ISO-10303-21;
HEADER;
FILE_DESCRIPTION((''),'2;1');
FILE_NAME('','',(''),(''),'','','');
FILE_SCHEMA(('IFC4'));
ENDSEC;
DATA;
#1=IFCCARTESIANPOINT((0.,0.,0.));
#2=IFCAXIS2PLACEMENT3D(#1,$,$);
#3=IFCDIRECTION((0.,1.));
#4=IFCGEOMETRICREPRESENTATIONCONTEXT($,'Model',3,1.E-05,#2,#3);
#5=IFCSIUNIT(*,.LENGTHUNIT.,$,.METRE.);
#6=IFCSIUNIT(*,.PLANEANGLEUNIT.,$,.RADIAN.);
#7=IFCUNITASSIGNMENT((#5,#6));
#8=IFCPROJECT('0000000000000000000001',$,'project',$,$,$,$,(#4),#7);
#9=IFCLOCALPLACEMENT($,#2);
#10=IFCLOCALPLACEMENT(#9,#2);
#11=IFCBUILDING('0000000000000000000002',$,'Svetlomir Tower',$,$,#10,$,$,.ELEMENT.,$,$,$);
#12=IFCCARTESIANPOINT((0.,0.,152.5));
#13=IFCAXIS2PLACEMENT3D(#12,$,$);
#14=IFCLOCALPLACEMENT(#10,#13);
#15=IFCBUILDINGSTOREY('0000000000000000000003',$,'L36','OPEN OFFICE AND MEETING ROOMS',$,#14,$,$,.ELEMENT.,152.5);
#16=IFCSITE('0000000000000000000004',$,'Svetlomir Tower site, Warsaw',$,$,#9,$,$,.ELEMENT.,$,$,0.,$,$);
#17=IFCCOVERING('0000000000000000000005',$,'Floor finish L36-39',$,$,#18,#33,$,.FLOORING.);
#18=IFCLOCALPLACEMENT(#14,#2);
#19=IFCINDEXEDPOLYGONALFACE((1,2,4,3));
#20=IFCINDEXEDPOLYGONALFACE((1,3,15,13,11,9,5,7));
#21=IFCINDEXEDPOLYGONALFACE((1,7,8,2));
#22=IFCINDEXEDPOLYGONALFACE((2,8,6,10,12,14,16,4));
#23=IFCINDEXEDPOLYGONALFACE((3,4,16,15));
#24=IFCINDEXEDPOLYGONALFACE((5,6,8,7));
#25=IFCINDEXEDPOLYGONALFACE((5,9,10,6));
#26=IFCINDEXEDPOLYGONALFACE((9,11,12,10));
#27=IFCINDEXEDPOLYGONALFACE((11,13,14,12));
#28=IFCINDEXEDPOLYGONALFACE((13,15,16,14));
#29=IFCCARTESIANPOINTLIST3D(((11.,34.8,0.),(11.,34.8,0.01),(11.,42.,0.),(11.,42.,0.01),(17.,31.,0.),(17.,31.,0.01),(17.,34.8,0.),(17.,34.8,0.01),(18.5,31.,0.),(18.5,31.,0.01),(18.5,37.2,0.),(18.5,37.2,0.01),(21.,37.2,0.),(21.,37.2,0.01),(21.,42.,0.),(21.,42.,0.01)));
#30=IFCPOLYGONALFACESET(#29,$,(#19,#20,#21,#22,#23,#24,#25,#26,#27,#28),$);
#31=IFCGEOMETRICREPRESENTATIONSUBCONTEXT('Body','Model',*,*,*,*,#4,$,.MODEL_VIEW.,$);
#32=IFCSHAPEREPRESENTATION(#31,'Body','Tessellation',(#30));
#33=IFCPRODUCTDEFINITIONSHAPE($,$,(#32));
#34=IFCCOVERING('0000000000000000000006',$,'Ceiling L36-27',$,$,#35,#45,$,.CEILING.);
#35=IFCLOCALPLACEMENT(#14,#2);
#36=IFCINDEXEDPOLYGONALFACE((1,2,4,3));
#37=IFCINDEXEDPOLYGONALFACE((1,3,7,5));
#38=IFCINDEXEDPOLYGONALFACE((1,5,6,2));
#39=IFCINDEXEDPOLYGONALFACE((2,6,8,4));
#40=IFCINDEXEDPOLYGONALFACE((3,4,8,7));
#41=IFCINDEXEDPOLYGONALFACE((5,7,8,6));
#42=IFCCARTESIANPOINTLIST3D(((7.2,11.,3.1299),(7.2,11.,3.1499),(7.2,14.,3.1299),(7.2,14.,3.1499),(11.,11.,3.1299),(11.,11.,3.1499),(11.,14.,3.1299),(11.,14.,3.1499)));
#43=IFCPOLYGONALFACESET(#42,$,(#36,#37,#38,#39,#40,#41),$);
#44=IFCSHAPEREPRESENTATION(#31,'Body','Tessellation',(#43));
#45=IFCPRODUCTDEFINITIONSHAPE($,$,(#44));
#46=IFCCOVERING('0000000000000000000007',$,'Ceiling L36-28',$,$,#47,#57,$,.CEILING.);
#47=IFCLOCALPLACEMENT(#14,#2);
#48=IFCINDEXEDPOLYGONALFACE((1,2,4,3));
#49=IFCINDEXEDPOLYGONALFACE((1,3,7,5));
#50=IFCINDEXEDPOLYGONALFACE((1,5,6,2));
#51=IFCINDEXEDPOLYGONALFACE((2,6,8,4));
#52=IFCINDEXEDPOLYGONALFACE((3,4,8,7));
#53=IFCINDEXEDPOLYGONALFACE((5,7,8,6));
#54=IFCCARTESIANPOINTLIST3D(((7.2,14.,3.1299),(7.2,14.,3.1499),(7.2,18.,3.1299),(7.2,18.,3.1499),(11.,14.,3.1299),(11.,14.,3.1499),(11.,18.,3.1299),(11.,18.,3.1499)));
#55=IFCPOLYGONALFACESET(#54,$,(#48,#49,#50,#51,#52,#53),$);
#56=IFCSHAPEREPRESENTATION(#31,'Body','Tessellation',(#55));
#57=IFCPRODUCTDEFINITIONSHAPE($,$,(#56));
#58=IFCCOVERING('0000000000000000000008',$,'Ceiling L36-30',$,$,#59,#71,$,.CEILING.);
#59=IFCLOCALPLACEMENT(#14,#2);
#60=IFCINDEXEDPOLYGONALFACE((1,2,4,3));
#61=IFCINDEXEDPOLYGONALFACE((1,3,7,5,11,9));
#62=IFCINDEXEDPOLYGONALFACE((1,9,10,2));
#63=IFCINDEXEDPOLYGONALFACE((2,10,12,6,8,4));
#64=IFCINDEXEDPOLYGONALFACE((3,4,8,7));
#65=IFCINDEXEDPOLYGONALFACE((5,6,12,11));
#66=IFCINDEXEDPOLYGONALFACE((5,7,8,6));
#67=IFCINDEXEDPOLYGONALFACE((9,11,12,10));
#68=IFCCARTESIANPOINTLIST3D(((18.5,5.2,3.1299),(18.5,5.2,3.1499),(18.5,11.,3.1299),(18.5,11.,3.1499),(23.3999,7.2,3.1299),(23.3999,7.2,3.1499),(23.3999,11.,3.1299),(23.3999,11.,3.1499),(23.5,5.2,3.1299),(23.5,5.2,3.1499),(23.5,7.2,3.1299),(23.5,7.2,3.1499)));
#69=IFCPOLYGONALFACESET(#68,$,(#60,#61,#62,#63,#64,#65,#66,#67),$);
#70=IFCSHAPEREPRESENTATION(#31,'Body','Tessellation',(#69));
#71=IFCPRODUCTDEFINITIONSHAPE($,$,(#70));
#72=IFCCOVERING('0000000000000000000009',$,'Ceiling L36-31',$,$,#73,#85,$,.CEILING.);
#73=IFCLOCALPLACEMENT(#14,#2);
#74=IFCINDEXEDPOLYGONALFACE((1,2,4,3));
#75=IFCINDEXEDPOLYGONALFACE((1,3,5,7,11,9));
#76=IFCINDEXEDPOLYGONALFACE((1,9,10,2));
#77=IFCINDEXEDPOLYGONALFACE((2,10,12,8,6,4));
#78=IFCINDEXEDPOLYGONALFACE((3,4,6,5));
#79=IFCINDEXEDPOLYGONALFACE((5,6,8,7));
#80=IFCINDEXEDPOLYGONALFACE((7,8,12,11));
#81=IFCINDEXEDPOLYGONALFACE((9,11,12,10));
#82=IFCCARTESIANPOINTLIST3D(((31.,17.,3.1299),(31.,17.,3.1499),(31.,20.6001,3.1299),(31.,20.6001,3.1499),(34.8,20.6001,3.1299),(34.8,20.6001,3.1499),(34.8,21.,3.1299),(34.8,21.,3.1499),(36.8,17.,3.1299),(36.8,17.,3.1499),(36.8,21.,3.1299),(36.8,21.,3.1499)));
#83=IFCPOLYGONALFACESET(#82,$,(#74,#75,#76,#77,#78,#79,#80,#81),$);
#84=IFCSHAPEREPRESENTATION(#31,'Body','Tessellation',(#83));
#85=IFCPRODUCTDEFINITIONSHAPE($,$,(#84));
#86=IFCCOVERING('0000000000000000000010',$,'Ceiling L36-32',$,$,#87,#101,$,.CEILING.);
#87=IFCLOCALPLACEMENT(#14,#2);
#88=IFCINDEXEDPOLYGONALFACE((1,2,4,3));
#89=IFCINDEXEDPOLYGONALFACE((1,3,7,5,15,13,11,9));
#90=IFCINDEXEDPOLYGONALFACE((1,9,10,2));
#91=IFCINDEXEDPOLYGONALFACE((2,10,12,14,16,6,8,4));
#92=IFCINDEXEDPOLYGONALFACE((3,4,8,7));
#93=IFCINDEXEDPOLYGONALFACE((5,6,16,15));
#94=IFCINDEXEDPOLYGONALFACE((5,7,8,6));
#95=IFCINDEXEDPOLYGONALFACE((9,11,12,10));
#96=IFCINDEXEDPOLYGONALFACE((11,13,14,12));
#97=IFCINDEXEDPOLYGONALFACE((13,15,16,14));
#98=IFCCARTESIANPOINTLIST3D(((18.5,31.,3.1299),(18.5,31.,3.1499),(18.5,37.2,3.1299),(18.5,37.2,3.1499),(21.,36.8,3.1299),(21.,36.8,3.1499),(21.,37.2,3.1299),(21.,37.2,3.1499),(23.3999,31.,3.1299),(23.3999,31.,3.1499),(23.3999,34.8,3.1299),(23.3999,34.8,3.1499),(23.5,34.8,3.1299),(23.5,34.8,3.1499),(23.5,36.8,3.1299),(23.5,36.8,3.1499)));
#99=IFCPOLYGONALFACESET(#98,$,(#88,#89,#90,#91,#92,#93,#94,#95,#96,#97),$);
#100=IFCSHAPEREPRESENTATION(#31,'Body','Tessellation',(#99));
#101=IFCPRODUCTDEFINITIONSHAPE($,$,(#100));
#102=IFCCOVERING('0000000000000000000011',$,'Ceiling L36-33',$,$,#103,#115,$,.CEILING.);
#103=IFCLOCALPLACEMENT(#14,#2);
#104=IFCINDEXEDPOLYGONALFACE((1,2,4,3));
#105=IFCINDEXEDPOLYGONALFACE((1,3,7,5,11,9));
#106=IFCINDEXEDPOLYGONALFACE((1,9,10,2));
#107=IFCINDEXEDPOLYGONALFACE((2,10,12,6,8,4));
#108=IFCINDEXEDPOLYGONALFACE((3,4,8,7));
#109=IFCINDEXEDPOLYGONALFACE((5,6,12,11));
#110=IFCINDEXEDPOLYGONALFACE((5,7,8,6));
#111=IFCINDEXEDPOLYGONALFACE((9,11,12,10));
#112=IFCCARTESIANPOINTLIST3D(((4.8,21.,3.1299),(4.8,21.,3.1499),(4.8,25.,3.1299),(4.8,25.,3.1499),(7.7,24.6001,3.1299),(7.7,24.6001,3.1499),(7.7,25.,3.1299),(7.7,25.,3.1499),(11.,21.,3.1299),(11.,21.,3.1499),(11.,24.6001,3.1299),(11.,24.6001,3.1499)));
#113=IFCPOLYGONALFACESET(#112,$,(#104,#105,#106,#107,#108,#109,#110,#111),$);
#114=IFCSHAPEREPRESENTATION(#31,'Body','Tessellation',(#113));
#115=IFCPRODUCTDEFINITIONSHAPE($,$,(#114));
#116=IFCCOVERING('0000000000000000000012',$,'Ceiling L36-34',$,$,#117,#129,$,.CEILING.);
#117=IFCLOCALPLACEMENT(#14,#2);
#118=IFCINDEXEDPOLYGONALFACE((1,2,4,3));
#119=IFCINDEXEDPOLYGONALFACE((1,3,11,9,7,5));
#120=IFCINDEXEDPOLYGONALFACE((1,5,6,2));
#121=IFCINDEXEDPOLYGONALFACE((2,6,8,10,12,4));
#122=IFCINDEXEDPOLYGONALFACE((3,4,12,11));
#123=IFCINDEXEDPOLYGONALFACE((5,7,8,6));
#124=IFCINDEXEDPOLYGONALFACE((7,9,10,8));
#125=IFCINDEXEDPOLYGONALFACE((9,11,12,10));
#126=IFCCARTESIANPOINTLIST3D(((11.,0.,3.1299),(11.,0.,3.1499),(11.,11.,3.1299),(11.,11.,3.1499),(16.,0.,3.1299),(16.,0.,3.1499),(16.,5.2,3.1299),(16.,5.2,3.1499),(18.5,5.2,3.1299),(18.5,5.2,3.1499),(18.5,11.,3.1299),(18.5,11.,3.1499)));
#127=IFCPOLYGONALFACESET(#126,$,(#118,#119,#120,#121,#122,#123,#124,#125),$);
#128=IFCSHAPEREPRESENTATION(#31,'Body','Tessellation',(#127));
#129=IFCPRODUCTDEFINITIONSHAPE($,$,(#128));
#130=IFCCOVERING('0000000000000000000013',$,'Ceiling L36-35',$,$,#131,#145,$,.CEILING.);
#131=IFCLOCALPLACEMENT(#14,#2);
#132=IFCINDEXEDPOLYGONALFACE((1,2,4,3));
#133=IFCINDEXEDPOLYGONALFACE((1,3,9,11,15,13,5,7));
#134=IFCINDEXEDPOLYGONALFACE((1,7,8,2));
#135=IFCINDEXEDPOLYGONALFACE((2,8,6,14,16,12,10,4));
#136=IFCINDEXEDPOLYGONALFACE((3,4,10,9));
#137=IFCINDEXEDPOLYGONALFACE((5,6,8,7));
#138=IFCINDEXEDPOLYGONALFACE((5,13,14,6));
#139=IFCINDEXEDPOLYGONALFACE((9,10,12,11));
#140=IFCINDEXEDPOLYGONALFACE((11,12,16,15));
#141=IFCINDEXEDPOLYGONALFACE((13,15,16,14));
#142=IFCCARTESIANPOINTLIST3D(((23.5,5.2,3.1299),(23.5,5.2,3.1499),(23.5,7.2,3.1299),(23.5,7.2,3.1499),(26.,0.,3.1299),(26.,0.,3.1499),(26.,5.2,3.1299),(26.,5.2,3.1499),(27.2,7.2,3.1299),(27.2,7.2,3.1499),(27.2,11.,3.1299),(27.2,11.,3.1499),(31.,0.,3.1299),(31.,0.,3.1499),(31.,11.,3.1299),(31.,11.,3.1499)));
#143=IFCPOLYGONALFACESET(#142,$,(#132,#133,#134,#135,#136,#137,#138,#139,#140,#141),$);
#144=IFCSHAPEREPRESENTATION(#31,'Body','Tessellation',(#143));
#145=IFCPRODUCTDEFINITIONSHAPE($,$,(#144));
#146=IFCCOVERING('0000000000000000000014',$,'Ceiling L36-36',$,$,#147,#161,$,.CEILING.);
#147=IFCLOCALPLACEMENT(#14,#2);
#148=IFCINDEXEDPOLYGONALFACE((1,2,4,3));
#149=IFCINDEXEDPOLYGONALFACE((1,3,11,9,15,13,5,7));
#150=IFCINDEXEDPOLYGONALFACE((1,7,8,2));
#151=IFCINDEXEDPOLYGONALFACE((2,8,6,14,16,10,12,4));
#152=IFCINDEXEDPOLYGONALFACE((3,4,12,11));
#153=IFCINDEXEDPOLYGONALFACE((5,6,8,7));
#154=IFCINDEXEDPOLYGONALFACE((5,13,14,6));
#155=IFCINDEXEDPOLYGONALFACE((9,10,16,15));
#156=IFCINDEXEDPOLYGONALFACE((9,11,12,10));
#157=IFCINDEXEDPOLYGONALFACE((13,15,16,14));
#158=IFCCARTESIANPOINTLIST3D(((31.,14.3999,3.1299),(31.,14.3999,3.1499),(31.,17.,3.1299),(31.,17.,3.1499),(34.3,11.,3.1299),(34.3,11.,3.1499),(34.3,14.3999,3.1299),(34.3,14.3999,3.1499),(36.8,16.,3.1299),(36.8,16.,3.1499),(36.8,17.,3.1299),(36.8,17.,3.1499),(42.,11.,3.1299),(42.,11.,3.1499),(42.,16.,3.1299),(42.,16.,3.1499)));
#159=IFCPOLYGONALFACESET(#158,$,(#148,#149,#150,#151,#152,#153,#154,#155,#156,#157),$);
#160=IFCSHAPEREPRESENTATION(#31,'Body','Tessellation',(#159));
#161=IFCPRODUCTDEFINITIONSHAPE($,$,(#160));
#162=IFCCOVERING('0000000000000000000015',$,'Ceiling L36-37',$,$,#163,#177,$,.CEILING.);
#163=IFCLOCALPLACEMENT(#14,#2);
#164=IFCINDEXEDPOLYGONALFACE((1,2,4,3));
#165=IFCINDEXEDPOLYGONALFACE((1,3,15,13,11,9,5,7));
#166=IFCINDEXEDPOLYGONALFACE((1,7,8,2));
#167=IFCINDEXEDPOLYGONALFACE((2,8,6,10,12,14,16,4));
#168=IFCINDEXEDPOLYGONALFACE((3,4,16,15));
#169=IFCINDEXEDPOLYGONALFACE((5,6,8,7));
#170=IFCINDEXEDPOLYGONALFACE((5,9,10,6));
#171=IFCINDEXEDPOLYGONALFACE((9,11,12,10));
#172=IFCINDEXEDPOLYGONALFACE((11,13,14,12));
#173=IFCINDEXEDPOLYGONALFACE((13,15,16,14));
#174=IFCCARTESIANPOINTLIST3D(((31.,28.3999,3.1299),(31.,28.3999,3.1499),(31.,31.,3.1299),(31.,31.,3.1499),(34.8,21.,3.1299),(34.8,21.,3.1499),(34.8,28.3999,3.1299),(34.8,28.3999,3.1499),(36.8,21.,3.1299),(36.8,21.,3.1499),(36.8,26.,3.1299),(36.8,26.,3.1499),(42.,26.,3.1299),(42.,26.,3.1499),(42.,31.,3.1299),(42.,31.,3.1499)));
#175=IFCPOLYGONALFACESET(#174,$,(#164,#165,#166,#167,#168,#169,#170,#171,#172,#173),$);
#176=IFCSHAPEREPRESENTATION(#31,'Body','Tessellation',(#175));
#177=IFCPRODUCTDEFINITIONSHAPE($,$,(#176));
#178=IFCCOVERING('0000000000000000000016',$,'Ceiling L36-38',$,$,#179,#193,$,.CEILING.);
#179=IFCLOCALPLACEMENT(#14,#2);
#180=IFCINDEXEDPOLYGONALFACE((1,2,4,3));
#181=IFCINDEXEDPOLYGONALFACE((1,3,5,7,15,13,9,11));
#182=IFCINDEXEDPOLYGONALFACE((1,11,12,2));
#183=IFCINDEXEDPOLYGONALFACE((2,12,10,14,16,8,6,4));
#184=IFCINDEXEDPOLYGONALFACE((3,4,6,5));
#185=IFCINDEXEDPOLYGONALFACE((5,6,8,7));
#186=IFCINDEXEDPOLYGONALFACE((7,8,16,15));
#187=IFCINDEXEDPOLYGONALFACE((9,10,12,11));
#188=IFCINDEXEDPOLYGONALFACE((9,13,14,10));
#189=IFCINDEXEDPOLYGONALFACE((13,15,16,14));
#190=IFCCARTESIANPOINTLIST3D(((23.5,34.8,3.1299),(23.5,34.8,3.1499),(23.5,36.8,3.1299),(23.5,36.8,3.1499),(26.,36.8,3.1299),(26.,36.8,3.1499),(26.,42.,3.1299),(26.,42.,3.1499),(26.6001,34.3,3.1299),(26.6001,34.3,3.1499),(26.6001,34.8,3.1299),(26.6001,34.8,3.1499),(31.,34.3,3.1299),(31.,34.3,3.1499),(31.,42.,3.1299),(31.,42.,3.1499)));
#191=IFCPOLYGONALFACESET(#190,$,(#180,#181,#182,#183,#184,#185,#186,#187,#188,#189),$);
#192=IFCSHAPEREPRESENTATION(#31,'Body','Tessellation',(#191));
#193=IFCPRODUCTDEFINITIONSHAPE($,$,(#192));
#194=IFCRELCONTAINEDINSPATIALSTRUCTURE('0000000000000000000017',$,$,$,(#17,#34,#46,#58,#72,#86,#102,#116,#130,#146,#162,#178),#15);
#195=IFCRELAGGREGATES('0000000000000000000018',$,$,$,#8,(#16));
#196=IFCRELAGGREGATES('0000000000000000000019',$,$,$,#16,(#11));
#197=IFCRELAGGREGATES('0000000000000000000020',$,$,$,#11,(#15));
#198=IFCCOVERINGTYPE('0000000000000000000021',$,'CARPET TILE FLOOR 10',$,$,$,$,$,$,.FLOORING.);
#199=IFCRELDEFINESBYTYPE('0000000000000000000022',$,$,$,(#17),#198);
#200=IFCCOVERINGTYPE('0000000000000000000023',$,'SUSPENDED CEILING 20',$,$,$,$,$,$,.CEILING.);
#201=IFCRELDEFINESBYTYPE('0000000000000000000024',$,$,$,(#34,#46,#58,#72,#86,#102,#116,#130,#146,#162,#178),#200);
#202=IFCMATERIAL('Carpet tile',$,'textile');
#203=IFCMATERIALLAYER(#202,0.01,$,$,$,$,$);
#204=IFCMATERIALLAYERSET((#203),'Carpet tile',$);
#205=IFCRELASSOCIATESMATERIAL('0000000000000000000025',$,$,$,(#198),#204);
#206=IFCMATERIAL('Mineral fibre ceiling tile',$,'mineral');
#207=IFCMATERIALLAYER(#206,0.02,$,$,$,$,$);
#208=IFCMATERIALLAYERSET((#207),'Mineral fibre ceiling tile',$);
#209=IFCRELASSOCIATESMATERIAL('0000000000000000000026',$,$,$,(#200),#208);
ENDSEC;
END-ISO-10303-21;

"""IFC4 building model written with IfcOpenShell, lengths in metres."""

from ifc_helpers import new_model, si_unit, direction, frame, origin, place, context, subcontext, project, spatial, polyline, outline, extrude, material, layer, layer_set, type_object, element, save


model = new_model("IFC4")

# Units and contexts
model_context = context("Model", 3, precision=1e-05, world=origin(), true_north=direction((0.0, 1.0)))
body_context = subcontext(model_context, "Body", "Model", "MODEL_VIEW")
ifc_project = project(units=[si_unit("LENGTHUNIT", "METRE"), si_unit("PLANEANGLEUNIT", "RADIAN")], contexts=[model_context])

# Site, building, storey
site_placement = place(None, origin())
site = spatial("IfcSite", under=ifc_project, at=site_placement, Name="Svetlomir Tower site, Warsaw", CompositionType="ELEMENT", RefElevation=0.0)
building_placement = place(site_placement, origin())
building = spatial("IfcBuilding", under=site, at=building_placement, Name="Svetlomir Tower", CompositionType="ELEMENT")
storey_placement = place(building_placement, frame((0.0, 0.0, 152.5)))
storey = spatial("IfcBuildingStorey", under=building, at=storey_placement, Name="L36", Description="OPEN OFFICE AND MEETING ROOMS", CompositionType="ELEMENT", Elevation=152.5)

# Coverings
ifc_material_1 = material(Name="Carpet tile", Category="textile")
ifc_layer_1 = layer(ifc_material_1, 0.01)
ifc_layer_set_1 = layer_set([ifc_layer_1], Name="Carpet tile")
covering_type_1 = type_object("IfcCoveringType", Name="CARPET TILE FLOOR 10", PredefinedType="FLOORING", material=ifc_layer_set_1)
covering_1_placement = place(storey_placement, origin())
element("IfcCovering", 1, at=covering_1_placement, inside=storey, type_object=covering_type_1, Name="Floor finish L36-39", PredefinedType="FLOORING", context=body_context, shape_type="SweptSolid", body=[
    extrude(outline(polyline([(17.0, 34.8), (11.0, 34.8), (11.0, 42.0), (21.0, 42.0), (21.0, 37.2), (18.5, 37.2), (18.5, 31.0), (17.0, 31.0), (17.0, 34.8)])), origin(), (0.0, 0.0, 1.0), 0.01),
])
ifc_material_2 = material(Name="Mineral fibre ceiling tile", Category="mineral")
ifc_layer_2 = layer(ifc_material_2, 0.02)
ifc_layer_set_2 = layer_set([ifc_layer_2], Name="Mineral fibre ceiling tile")
covering_type_2 = type_object("IfcCoveringType", Name="SUSPENDED CEILING 20", PredefinedType="CEILING", material=ifc_layer_set_2)
covering_2_placement = place(storey_placement, frame((0.0, 0.0, 3.1299)))
element("IfcCovering", 2, at=covering_2_placement, inside=storey, type_object=covering_type_2, Name="Ceiling L36-27", PredefinedType="CEILING", context=body_context, shape_type="SweptSolid", body=[
    extrude(outline(polyline([(7.2, 11.0), (11.0, 11.0), (11.0, 14.0), (7.2, 14.0), (7.2, 11.0)])), origin(), (0.0, 0.0, 1.0), 0.02),
])
covering_3_placement = place(storey_placement, frame((0.0, 0.0, 3.1299)))
element("IfcCovering", 3, at=covering_3_placement, inside=storey, type_object=covering_type_2, Name="Ceiling L36-28", PredefinedType="CEILING", context=body_context, shape_type="SweptSolid", body=[
    extrude(outline(polyline([(7.2, 14.0), (11.0, 14.0), (11.0, 18.0), (7.2, 18.0), (7.2, 14.0)])), origin(), (0.0, 0.0, 1.0), 0.02),
])
covering_4_placement = place(storey_placement, frame((0.0, 0.0, 3.1299)))
element("IfcCovering", 4, at=covering_4_placement, inside=storey, type_object=covering_type_2, Name="Ceiling L36-30", PredefinedType="CEILING", context=body_context, shape_type="SweptSolid", body=[
    extrude(outline(polyline([(23.3999, 11.0), (23.3999, 7.2), (23.5, 7.2), (23.5, 5.2), (18.5, 5.2), (18.5, 11.0), (23.3999, 11.0)])), origin(), (0.0, 0.0, 1.0), 0.02),
])
covering_5_placement = place(storey_placement, frame((0.0, 0.0, 3.1299)))
element("IfcCovering", 5, at=covering_5_placement, inside=storey, type_object=covering_type_2, Name="Ceiling L36-31", PredefinedType="CEILING", context=body_context, shape_type="SweptSolid", body=[
    extrude(outline(polyline([(31.0, 20.6001), (34.8, 20.6001), (34.8, 21.0), (36.8, 21.0), (36.8, 17.0), (31.0, 17.0), (31.0, 20.6001)])), origin(), (0.0, 0.0, 1.0), 0.02),
])
covering_6_placement = place(storey_placement, frame((0.0, 0.0, 3.1299)))
element("IfcCovering", 6, at=covering_6_placement, inside=storey, type_object=covering_type_2, Name="Ceiling L36-32", PredefinedType="CEILING", context=body_context, shape_type="SweptSolid", body=[
    extrude(outline(polyline([(23.3999, 34.8), (23.3999, 31.0), (18.5, 31.0), (18.5, 37.2), (21.0, 37.2), (21.0, 36.8), (23.5, 36.8), (23.5, 34.8), (23.3999, 34.8)])), origin(), (0.0, 0.0, 1.0), 0.02),
])
covering_7_placement = place(storey_placement, frame((0.0, 0.0, 3.1299)))
element("IfcCovering", 7, at=covering_7_placement, inside=storey, type_object=covering_type_2, Name="Ceiling L36-33", PredefinedType="CEILING", context=body_context, shape_type="SweptSolid", body=[
    extrude(outline(polyline([(7.7, 24.6001), (11.0, 24.6001), (11.0, 21.0), (4.8, 21.0), (4.8, 25.0), (7.7, 25.0), (7.7, 24.6001)])), origin(), (0.0, 0.0, 1.0), 0.02),
])
covering_8_placement = place(storey_placement, frame((0.0, 0.0, 3.1299)))
element("IfcCovering", 8, at=covering_8_placement, inside=storey, type_object=covering_type_2, Name="Ceiling L36-34", PredefinedType="CEILING", context=body_context, shape_type="SweptSolid", body=[
    extrude(outline(polyline([(18.5, 11.0), (18.5, 5.2), (16.0, 5.2), (16.0, 0.0), (11.0, 0.0), (11.0, 11.0), (18.5, 11.0)])), origin(), (0.0, 0.0, 1.0), 0.02),
])
covering_9_placement = place(storey_placement, frame((0.0, 0.0, 3.1299)))
element("IfcCovering", 9, at=covering_9_placement, inside=storey, type_object=covering_type_2, Name="Ceiling L36-35", PredefinedType="CEILING", context=body_context, shape_type="SweptSolid", body=[
    extrude(outline(polyline([(27.2, 11.0), (31.0, 11.0), (31.0, 0.0), (26.0, 0.0), (26.0, 5.2), (23.5, 5.2), (23.5, 7.2), (27.2, 7.2), (27.2, 11.0)])), origin(), (0.0, 0.0, 1.0), 0.02),
])
covering_10_placement = place(storey_placement, frame((0.0, 0.0, 3.1299)))
element("IfcCovering", 10, at=covering_10_placement, inside=storey, type_object=covering_type_2, Name="Ceiling L36-36", PredefinedType="CEILING", context=body_context, shape_type="SweptSolid", body=[
    extrude(outline(polyline([(34.3, 14.3999), (31.0, 14.3999), (31.0, 17.0), (36.8, 17.0), (36.8, 16.0), (42.0, 16.0), (42.0, 11.0), (34.3, 11.0), (34.3, 14.3999)])), origin(), (0.0, 0.0, 1.0), 0.02),
])
covering_11_placement = place(storey_placement, frame((0.0, 0.0, 3.1299)))
element("IfcCovering", 11, at=covering_11_placement, inside=storey, type_object=covering_type_2, Name="Ceiling L36-37", PredefinedType="CEILING", context=body_context, shape_type="SweptSolid", body=[
    extrude(outline(polyline([(34.8, 28.3999), (31.0, 28.3999), (31.0, 31.0), (42.0, 31.0), (42.0, 26.0), (36.8, 26.0), (36.8, 21.0), (34.8, 21.0), (34.8, 28.3999)])), origin(), (0.0, 0.0, 1.0), 0.02),
])
covering_12_placement = place(storey_placement, frame((0.0, 0.0, 3.1299)))
element("IfcCovering", 12, at=covering_12_placement, inside=storey, type_object=covering_type_2, Name="Ceiling L36-38", PredefinedType="CEILING", context=body_context, shape_type="SweptSolid", body=[
    extrude(outline(polyline([(26.6001, 34.3), (26.6001, 34.8), (23.5, 34.8), (23.5, 36.8), (26.0, 36.8), (26.0, 42.0), (31.0, 42.0), (31.0, 34.3), (26.6001, 34.3)])), origin(), (0.0, 0.0, 1.0), 0.02),
])

save(model, "model.ifc")
